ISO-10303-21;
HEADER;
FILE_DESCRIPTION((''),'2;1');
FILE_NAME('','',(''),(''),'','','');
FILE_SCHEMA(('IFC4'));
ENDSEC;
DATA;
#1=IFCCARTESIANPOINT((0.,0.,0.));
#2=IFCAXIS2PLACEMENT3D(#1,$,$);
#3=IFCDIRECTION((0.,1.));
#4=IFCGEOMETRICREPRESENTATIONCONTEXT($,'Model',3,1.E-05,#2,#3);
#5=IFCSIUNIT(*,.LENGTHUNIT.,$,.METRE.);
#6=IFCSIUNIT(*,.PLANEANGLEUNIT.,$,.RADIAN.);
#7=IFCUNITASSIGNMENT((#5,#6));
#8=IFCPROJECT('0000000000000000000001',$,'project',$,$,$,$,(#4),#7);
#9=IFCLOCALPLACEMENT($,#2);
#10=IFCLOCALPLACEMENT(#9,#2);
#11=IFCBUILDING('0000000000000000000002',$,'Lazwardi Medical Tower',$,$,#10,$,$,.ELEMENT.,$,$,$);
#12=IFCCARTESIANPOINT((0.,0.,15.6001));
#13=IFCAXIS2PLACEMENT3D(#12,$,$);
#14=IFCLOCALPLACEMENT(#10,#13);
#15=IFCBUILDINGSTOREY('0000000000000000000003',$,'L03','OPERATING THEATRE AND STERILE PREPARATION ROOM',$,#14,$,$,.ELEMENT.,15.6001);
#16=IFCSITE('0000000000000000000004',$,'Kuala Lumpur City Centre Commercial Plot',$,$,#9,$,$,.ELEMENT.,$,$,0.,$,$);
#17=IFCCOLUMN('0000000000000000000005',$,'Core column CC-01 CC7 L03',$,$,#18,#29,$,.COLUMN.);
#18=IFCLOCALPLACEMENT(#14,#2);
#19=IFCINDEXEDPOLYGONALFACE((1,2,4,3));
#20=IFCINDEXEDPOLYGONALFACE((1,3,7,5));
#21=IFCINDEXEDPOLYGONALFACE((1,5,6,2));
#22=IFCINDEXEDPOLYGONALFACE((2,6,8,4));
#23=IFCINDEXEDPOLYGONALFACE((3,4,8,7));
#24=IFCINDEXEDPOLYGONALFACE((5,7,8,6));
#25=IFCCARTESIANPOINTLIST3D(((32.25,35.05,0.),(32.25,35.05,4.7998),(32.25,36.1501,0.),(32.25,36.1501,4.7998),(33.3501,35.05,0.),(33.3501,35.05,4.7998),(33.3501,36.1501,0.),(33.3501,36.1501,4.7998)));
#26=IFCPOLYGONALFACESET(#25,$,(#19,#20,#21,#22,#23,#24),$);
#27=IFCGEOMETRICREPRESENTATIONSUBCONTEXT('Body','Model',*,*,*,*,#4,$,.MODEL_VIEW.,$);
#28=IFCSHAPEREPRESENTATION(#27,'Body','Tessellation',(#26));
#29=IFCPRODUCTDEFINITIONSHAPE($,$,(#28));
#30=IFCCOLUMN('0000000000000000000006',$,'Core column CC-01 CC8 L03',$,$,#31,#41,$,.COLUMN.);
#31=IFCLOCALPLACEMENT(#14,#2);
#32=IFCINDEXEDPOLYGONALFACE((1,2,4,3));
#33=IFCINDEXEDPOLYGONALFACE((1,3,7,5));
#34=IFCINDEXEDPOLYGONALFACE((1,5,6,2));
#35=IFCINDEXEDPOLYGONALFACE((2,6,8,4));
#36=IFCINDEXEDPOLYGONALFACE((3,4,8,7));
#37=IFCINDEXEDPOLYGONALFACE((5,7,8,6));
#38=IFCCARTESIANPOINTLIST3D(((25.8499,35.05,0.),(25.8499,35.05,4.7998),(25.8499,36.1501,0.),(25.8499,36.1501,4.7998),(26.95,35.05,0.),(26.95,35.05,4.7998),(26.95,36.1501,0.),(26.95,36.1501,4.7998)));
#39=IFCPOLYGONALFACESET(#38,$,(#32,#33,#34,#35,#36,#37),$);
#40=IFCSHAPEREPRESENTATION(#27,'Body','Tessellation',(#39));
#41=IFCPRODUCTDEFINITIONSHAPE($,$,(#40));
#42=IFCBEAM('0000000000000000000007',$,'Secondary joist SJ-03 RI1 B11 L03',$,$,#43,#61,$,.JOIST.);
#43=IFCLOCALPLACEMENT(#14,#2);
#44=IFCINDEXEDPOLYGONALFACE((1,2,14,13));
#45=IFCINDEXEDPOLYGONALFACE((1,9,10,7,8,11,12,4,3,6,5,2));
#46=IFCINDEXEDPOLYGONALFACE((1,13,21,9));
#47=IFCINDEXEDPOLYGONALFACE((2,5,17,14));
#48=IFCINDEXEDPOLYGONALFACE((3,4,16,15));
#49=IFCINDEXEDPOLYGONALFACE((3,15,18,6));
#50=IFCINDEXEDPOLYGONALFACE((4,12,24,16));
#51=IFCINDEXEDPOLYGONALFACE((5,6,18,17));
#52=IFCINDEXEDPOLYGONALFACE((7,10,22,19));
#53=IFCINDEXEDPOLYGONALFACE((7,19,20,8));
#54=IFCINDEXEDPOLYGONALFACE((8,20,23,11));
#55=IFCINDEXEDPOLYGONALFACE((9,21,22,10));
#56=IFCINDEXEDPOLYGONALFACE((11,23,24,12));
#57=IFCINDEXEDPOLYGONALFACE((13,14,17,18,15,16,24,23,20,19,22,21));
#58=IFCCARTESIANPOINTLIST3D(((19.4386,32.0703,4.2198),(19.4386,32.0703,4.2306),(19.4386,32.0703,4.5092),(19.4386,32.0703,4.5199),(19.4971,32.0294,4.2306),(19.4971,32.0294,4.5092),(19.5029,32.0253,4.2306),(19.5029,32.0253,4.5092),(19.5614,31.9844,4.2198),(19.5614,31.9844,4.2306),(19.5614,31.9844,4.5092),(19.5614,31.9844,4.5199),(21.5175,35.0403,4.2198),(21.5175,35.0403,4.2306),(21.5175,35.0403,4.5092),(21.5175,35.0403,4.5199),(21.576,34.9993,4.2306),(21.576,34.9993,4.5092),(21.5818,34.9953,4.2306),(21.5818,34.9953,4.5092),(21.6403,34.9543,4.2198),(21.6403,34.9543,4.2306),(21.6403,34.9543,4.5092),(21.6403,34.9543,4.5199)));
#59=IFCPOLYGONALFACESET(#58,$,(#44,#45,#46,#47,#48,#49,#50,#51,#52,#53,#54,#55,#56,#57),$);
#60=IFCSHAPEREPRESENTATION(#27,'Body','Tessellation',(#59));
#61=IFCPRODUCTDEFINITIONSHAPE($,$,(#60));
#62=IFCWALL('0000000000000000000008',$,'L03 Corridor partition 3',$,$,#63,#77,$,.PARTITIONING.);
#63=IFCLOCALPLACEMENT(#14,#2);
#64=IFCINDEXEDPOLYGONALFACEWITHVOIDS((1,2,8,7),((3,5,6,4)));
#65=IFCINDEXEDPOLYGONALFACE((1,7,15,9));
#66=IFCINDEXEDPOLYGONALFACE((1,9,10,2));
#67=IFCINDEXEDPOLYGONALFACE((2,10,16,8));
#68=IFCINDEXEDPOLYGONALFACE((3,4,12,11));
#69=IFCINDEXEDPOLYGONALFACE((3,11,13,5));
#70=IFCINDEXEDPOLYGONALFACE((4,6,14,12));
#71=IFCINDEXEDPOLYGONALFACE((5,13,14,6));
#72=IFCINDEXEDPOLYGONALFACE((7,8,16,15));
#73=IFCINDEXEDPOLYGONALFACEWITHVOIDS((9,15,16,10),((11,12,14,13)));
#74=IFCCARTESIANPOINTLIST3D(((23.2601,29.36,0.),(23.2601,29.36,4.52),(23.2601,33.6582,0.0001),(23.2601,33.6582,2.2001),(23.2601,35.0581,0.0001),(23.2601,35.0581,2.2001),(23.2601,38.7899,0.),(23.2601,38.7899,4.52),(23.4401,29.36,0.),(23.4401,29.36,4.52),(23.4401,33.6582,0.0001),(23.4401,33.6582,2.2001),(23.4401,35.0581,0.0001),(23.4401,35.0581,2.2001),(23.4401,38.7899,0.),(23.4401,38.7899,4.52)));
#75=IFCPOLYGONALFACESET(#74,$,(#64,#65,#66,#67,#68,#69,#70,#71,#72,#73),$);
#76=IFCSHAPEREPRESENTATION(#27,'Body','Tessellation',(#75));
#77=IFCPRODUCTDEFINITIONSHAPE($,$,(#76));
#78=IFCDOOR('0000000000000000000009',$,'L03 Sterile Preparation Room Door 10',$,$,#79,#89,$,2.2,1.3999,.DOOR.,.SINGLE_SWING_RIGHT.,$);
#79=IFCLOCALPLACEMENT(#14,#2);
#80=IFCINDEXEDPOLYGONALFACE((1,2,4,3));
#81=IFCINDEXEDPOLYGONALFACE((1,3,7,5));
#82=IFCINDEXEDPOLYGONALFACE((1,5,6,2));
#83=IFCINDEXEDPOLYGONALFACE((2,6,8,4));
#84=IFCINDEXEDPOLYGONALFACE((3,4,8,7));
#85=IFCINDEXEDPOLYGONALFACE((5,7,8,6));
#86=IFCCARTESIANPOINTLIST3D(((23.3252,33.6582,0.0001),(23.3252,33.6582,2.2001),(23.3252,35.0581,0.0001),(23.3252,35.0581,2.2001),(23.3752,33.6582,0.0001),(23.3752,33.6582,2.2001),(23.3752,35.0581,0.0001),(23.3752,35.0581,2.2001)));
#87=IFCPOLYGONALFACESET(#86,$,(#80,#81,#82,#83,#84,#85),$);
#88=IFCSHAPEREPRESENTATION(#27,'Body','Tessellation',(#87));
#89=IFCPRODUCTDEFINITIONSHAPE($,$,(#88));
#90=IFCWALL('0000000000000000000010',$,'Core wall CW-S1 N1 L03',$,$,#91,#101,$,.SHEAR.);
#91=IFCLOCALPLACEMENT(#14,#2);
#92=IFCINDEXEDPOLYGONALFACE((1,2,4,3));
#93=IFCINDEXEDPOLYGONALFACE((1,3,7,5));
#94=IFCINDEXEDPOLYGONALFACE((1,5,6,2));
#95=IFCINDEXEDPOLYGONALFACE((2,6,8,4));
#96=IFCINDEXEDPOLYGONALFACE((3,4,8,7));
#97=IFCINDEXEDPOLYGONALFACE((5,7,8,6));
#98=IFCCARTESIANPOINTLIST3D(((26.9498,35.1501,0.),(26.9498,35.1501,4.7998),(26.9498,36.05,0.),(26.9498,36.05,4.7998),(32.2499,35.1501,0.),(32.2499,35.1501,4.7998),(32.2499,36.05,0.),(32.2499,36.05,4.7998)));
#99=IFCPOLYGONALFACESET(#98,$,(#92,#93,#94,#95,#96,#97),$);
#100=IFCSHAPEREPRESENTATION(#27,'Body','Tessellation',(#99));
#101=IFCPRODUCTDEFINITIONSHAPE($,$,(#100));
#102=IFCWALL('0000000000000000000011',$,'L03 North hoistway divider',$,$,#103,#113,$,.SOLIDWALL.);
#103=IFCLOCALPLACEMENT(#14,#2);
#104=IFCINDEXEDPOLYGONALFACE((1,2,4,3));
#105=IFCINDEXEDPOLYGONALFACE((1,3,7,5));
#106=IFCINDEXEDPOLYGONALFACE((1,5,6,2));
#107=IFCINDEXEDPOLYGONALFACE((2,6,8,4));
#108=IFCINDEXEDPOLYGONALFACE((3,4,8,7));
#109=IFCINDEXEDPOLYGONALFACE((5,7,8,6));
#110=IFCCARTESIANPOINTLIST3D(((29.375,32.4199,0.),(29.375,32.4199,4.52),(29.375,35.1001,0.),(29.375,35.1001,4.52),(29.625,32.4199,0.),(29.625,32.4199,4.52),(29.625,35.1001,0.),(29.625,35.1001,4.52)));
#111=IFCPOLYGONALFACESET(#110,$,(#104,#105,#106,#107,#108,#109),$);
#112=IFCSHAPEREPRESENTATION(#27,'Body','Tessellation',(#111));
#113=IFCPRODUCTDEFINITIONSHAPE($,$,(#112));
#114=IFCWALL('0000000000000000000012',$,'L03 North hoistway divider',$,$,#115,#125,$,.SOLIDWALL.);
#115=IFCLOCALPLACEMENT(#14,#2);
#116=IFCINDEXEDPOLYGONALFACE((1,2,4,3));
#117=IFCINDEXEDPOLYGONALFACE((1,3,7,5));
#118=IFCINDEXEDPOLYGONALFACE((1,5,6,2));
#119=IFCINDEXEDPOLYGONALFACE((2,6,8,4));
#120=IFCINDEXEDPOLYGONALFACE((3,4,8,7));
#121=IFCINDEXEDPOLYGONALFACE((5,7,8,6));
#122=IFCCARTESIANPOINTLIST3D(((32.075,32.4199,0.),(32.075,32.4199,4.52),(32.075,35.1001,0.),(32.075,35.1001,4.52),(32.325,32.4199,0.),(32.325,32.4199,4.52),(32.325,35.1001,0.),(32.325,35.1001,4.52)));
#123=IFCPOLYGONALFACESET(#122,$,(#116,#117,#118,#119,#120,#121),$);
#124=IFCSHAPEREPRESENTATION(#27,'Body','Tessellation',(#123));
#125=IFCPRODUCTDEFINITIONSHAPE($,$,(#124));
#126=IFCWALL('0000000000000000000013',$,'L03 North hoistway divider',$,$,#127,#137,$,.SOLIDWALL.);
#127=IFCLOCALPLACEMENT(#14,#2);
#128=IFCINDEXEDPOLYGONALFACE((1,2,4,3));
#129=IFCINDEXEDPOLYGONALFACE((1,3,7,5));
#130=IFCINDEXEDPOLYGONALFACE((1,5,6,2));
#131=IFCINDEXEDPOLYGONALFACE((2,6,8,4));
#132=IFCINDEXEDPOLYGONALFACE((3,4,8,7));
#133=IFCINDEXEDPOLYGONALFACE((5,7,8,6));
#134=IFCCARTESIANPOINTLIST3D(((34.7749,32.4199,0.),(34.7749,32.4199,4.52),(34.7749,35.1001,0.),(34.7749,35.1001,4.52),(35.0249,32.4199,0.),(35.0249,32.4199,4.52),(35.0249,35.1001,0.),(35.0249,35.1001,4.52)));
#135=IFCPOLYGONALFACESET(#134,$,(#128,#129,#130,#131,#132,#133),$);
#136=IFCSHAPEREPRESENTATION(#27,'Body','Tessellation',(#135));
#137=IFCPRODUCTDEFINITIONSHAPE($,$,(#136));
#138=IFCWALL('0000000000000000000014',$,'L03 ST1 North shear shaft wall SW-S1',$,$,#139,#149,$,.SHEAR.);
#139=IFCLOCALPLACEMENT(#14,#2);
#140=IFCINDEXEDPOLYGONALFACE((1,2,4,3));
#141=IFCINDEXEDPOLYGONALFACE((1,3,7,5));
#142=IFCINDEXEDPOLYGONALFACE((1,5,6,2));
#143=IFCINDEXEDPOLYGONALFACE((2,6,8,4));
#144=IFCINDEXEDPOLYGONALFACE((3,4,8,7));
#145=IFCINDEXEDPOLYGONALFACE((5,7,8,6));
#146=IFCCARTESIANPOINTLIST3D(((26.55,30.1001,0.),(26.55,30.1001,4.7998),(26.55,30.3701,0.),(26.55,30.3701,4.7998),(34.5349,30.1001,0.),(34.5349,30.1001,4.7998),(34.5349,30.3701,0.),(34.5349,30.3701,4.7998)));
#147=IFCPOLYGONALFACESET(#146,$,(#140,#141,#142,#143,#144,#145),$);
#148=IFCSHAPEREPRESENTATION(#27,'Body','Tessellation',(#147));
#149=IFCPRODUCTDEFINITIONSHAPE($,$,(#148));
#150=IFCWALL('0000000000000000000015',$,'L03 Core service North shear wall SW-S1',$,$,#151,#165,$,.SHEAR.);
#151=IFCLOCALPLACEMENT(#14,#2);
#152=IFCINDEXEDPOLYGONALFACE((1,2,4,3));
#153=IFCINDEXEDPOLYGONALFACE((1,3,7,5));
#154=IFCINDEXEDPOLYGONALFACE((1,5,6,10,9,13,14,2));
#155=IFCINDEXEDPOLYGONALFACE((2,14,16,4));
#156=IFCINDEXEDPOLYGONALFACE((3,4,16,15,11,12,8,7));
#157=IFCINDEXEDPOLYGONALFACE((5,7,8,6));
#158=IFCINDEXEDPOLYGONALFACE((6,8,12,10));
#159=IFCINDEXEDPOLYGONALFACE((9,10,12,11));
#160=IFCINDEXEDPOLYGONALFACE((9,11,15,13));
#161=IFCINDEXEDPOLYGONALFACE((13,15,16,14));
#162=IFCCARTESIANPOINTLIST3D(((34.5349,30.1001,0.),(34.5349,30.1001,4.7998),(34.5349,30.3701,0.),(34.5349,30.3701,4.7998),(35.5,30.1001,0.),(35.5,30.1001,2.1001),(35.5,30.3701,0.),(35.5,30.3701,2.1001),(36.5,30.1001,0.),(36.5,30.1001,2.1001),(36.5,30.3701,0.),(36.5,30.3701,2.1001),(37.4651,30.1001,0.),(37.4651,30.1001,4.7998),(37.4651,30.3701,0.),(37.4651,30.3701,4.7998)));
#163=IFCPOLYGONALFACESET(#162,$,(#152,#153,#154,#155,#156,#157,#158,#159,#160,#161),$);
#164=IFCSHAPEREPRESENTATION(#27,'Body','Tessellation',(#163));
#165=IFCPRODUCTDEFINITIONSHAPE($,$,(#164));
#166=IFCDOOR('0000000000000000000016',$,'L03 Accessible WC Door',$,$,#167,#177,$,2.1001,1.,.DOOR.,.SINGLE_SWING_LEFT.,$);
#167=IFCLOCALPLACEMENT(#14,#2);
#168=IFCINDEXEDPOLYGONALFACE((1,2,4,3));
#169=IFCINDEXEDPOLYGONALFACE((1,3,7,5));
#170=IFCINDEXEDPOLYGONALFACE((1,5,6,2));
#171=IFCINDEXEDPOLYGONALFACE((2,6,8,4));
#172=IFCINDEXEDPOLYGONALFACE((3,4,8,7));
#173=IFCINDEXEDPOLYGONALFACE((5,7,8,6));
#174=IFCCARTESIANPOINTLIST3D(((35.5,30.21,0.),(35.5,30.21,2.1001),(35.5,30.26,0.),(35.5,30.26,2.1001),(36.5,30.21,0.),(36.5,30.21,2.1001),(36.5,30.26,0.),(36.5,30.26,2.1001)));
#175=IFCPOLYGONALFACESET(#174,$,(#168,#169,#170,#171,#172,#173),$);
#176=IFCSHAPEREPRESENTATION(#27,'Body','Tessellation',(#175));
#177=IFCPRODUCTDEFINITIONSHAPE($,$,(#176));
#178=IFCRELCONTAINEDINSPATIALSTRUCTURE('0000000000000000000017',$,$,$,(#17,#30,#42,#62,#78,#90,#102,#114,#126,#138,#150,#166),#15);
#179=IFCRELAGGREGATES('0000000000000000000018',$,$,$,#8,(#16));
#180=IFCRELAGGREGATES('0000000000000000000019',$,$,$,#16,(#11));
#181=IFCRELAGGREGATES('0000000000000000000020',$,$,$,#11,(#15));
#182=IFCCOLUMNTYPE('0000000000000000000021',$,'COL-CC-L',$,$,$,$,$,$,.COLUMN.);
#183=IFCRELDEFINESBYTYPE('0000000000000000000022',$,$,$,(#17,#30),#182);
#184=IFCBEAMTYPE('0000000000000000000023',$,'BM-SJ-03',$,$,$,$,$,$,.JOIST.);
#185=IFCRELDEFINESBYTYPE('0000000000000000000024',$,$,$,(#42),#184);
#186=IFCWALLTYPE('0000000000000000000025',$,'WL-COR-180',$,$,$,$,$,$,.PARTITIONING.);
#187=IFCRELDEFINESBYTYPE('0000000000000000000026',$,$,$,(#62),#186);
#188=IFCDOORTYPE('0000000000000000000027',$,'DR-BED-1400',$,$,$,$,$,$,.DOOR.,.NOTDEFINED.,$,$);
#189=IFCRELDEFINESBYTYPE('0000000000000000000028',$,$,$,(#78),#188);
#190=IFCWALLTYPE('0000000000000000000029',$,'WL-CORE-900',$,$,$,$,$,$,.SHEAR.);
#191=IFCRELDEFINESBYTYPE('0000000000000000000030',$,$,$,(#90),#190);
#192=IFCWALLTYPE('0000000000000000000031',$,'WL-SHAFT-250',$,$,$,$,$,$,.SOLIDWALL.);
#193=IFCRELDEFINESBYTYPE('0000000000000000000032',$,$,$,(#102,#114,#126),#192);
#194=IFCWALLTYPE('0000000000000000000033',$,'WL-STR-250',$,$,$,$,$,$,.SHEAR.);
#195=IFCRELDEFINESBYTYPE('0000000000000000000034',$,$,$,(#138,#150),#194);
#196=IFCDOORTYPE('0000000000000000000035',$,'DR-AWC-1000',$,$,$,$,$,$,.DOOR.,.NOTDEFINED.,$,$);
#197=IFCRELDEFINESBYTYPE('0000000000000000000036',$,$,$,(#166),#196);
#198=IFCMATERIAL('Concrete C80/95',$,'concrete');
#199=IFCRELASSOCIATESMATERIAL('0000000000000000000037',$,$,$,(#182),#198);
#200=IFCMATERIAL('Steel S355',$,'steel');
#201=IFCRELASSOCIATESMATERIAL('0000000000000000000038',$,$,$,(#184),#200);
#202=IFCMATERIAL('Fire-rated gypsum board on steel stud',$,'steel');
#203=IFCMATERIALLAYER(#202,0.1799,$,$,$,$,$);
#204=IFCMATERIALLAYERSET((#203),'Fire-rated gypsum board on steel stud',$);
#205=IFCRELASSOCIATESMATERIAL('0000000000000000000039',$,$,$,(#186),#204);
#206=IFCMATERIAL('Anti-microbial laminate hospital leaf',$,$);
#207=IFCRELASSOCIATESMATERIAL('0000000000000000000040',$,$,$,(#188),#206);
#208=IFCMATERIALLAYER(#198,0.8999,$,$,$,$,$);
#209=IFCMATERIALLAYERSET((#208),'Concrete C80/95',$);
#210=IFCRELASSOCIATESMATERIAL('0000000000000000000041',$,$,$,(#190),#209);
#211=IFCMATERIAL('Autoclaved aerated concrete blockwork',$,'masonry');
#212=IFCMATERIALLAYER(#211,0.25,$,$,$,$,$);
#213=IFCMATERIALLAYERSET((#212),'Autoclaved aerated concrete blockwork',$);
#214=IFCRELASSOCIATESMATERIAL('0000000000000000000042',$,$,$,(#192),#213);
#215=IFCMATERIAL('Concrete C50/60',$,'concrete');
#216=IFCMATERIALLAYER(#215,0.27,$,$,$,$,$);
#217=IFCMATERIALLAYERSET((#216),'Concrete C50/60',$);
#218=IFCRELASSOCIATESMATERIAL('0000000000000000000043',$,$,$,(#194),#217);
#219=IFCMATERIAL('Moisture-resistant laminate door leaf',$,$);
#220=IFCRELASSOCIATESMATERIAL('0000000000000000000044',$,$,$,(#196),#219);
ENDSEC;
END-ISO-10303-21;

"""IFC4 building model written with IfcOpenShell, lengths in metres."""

from ifc_helpers import new_model, si_unit, direction, frame, frame_2d, origin, origin_2d, place, context, subcontext, project, spatial, rectangle, i_section, extrude, material, layer, layer_set, material_profile, profile_set, type_object, element, fill, save


model = new_model("IFC4")

# Units and contexts
model_context = context("Model", 3, precision=1e-05, world=origin(), true_north=direction((0.0, 1.0)))
body_context = subcontext(model_context, "Body", "Model", "MODEL_VIEW")
ifc_project = project(units=[si_unit("LENGTHUNIT", "METRE"), si_unit("PLANEANGLEUNIT", "RADIAN")], contexts=[model_context])

# Site, building, storey
site_placement = place(None, origin())
site = spatial("IfcSite", under=ifc_project, at=site_placement, Name="Kuala Lumpur City Centre Commercial Plot", CompositionType="ELEMENT", RefElevation=0.0)
building_placement = place(site_placement, origin())
building = spatial("IfcBuilding", under=site, at=building_placement, Name="Lazwardi Medical Tower", CompositionType="ELEMENT")
storey_placement = place(building_placement, frame((0.0, 0.0, 15.6001)))
storey = spatial("IfcBuildingStorey", under=building, at=storey_placement, Name="L03", Description="OPERATING THEATRE AND STERILE PREPARATION ROOM", CompositionType="ELEMENT", Elevation=15.6001)

# Columns
ifc_material_1 = material(Name="Concrete C80/95", Category="concrete")
ifc_material_profile_1 = material_profile(ifc_material_1, rectangle(XDim=1.1001, YDim=1.1001, at=origin_2d()), Name="RC 1100x1100")
ifc_profile_set_1 = profile_set([ifc_material_profile_1], Name="Concrete C80/95")
column_type = type_object("IfcColumnType", Name="COL-CC-L", PredefinedType="COLUMN", material=ifc_profile_set_1)
for number, where, z_axis, x_axis, name in (
    (1, (32.8, 35.6001, 0.0), (0.0, 0.0, 1.0), (1.0, 0.0, 0.0), "Core column CC-01 CC7 L03"),
    (2, (26.3999, 35.6001, 0.0), (0.0, 0.0, 1.0), (1.0, 0.0, 0.0), "Core column CC-01 CC8 L03"),
):
    element("IfcColumn", number, at=place(storey_placement, frame(where, z_axis=z_axis, x_axis=x_axis)), inside=storey, type_object=column_type, Name=name, PredefinedType="COLUMN", context=body_context, shape_type="SweptSolid", body=[
        extrude(rectangle(XDim=1.1001, YDim=1.1001, at=origin_2d()), origin(), (0.0, 0.0, 1.0), 4.7998),
    ])

# Beam
ifc_material_2 = material(Name="Steel S355", Category="steel")
ifc_material_profile_2 = material_profile(ifc_material_2, i_section(OverallWidth=0.1499, OverallDepth=0.3, WebThickness=0.0071, FlangeThickness=0.0107, at=origin_2d()), Name="IPE 300")
ifc_profile_set_2 = profile_set([ifc_material_profile_2], Name="Steel S355")
beam_type = type_object("IfcBeamType", Name="BM-SJ-03", PredefinedType="JOIST", material=ifc_profile_set_2)
beam_placement = place(storey_placement, frame((21.5789, 34.9973, 4.3699), z_axis=(-0.57344, -0.819248, 0.0), x_axis=(0.819248, -0.57344, 0.0)))
element("IfcBeam", 3, at=beam_placement, inside=storey, type_object=beam_type, Name="Secondary joist SJ-03 RI1 B11 L03", PredefinedType="JOIST", context=body_context, shape_type="SweptSolid", body=[
    extrude(i_section(OverallWidth=0.1499, OverallDepth=0.3, WebThickness=0.0071, FlangeThickness=0.0107, at=origin_2d()), origin(), (0.0, 0.0, 1.0), 3.6252),
])

# Wall, opening, door
ifc_material_3 = material(Name="Fire-rated gypsum board on steel stud", Category="steel")
ifc_layer_1 = layer(ifc_material_3, 0.1799)
ifc_layer_set_1 = layer_set([ifc_layer_1], Name="Fire-rated gypsum board on steel stud")
wall_type_1 = type_object("IfcWallType", Name="WL-COR-180", PredefinedType="PARTITIONING", material=ifc_layer_set_1)
wall_1_placement = place(storey_placement, frame((23.3501, 29.3601, 0.0), z_axis=(0.0, 0.0, 1.0), x_axis=(0.0, 1.0, 0.0)))
wall_1 = element("IfcWall", 4, at=wall_1_placement, inside=storey, type_object=wall_type_1, Name="L03 Corridor partition 3", PredefinedType="PARTITIONING", context=body_context, shape_type="SweptSolid", body=[
    extrude(rectangle(XDim=9.4299, YDim=0.1799, at=frame_2d((4.7148, 0.0))), origin(), (0.0, 0.0, 1.0), 4.52),
])
opening_1_placement = place(wall_1_placement, frame((4.2981, 0.0, 0.0)))
opening_1 = element("IfcOpeningElement", 5, at=opening_1_placement, cuts=wall_1, PredefinedType="OPENING", context=body_context, shape_type="SweptSolid", body=[
    extrude(rectangle(XDim=1.3999, YDim=2.2, at=frame_2d((0.7, 1.1001))), frame((0.0, 0.0999, 0.0), z_axis=(0.0, -1.0, 0.0), x_axis=(1.0, 0.0, 0.0)), (0.0, 0.0, 1.0), 0.2),
])
ifc_material_4 = material(Name="Anti-microbial laminate hospital leaf")
door_type_1 = type_object("IfcDoorType", Name="DR-BED-1400", OperationType="NOTDEFINED", PredefinedType="DOOR", material=ifc_material_4)
door_1_placement = place(opening_1_placement, origin())
door_1 = element("IfcDoor", 6, at=door_1_placement, inside=storey, type_object=door_type_1, Name="L03 Sterile Preparation Room Door 10", OperationType="SINGLE_SWING_RIGHT", OverallHeight=2.2, OverallWidth=1.3999, PredefinedType="DOOR", context=body_context, shape_type="SweptSolid", body=[
    extrude(rectangle(XDim=1.3999, YDim=2.2, at=frame_2d((0.7, 1.1001))), frame((0.0, 0.0249, 0.0), z_axis=(0.0, -1.0, 0.0), x_axis=(1.0, 0.0, 0.0)), (0.0, 0.0, 1.0), 0.05),
])
fill(opening_1, door_1)

# Walls
ifc_layer_2 = layer(ifc_material_1, 0.8999)
ifc_layer_set_2 = layer_set([ifc_layer_2], Name="Concrete C80/95")
wall_type_2 = type_object("IfcWallType", Name="WL-CORE-900", PredefinedType="SHEAR", material=ifc_layer_set_2)
wall_2_placement = place(storey_placement, frame((26.95, 35.6001, 0.0), z_axis=(0.0, 0.0, 1.0), x_axis=(1.0, 0.0, 0.0)))
element("IfcWall", 7, at=wall_2_placement, inside=storey, type_object=wall_type_2, Name="Core wall CW-S1 N1 L03", PredefinedType="SHEAR", context=body_context, shape_type="SweptSolid", body=[
    extrude(rectangle(XDim=5.3, YDim=0.8999, at=frame_2d((2.6499, 0.0))), origin(), (0.0, 0.0, 1.0), 4.7998),
])
ifc_material_5 = material(Name="Autoclaved aerated concrete blockwork", Category="masonry")
ifc_layer_3 = layer(ifc_material_5, 0.25)
ifc_layer_set_3 = layer_set([ifc_layer_3], Name="Autoclaved aerated concrete blockwork")
wall_type_3 = type_object("IfcWallType", Name="WL-SHAFT-250", PredefinedType="SOLIDWALL", material=ifc_layer_set_3)
for number, where, z_axis, x_axis, name in (
    (8, (29.5, 32.4199, 0.0), (0.0, 0.0, 1.0), (0.0, 1.0, 0.0), "L03 North hoistway divider"),
    (9, (32.2, 32.4199, 0.0), (0.0, 0.0, 1.0), (0.0, 1.0, 0.0), "L03 North hoistway divider"),
    (10, (34.8999, 32.4199, 0.0), (0.0, 0.0, 1.0), (0.0, 1.0, 0.0), "L03 North hoistway divider"),
):
    element("IfcWall", number, at=place(storey_placement, frame(where, z_axis=z_axis, x_axis=x_axis)), inside=storey, type_object=wall_type_3, Name=name, PredefinedType="SOLIDWALL", context=body_context, shape_type="SweptSolid", body=[
        extrude(rectangle(XDim=2.6802, YDim=0.25, at=frame_2d((1.3401, 0.0))), origin(), (0.0, 0.0, 1.0), 4.52),
    ])
ifc_material_6 = material(Name="Concrete C50/60", Category="concrete")
ifc_layer_4 = layer(ifc_material_6, 0.27)
ifc_layer_set_4 = layer_set([ifc_layer_4], Name="Concrete C50/60")
wall_type_4 = type_object("IfcWallType", Name="WL-STR-250", PredefinedType="SHEAR", material=ifc_layer_set_4)
wall_3_placement = place(storey_placement, frame((26.55, 30.2351, 0.0), z_axis=(0.0, 0.0, 1.0), x_axis=(1.0, 0.0, 0.0)))
element("IfcWall", 11, at=wall_3_placement, inside=storey, type_object=wall_type_4, Name="L03 ST1 North shear shaft wall SW-S1", PredefinedType="SHEAR", context=body_context, shape_type="SweptSolid", body=[
    extrude(rectangle(XDim=7.9849, YDim=0.27, at=frame_2d((3.9924, 0.0))), origin(), (0.0, 0.0, 1.0), 4.7998),
])

# Wall, opening, door
wall_4_placement = place(storey_placement, frame((34.5349, 30.2351, 0.0), z_axis=(0.0, 0.0, 1.0), x_axis=(1.0, 0.0, 0.0)))
wall_4 = element("IfcWall", 12, at=wall_4_placement, inside=storey, type_object=wall_type_4, Name="L03 Core service North shear wall SW-S1", PredefinedType="SHEAR", context=body_context, shape_type="SweptSolid", body=[
    extrude(rectangle(XDim=2.9302, YDim=0.27, at=frame_2d((1.4651, 0.0))), origin(), (0.0, 0.0, 1.0), 4.7998),
])
opening_2_placement = place(wall_4_placement, frame((0.9651, 0.0, 0.0)))
opening_2 = element("IfcOpeningElement", 13, at=opening_2_placement, cuts=wall_4, PredefinedType="OPENING", context=body_context, shape_type="SweptSolid", body=[
    extrude(rectangle(XDim=1.0, YDim=2.1001, at=frame_2d((0.5, 1.05))), frame((0.0, 0.145, 0.0), z_axis=(0.0, -1.0, 0.0), x_axis=(1.0, 0.0, 0.0)), (0.0, 0.0, 1.0), 0.29),
])
ifc_material_7 = material(Name="Moisture-resistant laminate door leaf")
door_type_2 = type_object("IfcDoorType", Name="DR-AWC-1000", OperationType="NOTDEFINED", PredefinedType="DOOR", material=ifc_material_7)
door_2_placement = place(opening_2_placement, origin())
door_2 = element("IfcDoor", 14, at=door_2_placement, inside=storey, type_object=door_type_2, Name="L03 Accessible WC Door", OperationType="SINGLE_SWING_LEFT", OverallHeight=2.1001, OverallWidth=1.0, PredefinedType="DOOR", context=body_context, shape_type="SweptSolid", body=[
    extrude(rectangle(XDim=1.0, YDim=2.1001, at=frame_2d((0.5, 1.05))), frame((0.0, 0.0249, 0.0), z_axis=(0.0, -1.0, 0.0), x_axis=(1.0, 0.0, 0.0)), (0.0, 0.0, 1.0), 0.05),
])
fill(opening_2, door_2)

save(model, "model.ifc")
